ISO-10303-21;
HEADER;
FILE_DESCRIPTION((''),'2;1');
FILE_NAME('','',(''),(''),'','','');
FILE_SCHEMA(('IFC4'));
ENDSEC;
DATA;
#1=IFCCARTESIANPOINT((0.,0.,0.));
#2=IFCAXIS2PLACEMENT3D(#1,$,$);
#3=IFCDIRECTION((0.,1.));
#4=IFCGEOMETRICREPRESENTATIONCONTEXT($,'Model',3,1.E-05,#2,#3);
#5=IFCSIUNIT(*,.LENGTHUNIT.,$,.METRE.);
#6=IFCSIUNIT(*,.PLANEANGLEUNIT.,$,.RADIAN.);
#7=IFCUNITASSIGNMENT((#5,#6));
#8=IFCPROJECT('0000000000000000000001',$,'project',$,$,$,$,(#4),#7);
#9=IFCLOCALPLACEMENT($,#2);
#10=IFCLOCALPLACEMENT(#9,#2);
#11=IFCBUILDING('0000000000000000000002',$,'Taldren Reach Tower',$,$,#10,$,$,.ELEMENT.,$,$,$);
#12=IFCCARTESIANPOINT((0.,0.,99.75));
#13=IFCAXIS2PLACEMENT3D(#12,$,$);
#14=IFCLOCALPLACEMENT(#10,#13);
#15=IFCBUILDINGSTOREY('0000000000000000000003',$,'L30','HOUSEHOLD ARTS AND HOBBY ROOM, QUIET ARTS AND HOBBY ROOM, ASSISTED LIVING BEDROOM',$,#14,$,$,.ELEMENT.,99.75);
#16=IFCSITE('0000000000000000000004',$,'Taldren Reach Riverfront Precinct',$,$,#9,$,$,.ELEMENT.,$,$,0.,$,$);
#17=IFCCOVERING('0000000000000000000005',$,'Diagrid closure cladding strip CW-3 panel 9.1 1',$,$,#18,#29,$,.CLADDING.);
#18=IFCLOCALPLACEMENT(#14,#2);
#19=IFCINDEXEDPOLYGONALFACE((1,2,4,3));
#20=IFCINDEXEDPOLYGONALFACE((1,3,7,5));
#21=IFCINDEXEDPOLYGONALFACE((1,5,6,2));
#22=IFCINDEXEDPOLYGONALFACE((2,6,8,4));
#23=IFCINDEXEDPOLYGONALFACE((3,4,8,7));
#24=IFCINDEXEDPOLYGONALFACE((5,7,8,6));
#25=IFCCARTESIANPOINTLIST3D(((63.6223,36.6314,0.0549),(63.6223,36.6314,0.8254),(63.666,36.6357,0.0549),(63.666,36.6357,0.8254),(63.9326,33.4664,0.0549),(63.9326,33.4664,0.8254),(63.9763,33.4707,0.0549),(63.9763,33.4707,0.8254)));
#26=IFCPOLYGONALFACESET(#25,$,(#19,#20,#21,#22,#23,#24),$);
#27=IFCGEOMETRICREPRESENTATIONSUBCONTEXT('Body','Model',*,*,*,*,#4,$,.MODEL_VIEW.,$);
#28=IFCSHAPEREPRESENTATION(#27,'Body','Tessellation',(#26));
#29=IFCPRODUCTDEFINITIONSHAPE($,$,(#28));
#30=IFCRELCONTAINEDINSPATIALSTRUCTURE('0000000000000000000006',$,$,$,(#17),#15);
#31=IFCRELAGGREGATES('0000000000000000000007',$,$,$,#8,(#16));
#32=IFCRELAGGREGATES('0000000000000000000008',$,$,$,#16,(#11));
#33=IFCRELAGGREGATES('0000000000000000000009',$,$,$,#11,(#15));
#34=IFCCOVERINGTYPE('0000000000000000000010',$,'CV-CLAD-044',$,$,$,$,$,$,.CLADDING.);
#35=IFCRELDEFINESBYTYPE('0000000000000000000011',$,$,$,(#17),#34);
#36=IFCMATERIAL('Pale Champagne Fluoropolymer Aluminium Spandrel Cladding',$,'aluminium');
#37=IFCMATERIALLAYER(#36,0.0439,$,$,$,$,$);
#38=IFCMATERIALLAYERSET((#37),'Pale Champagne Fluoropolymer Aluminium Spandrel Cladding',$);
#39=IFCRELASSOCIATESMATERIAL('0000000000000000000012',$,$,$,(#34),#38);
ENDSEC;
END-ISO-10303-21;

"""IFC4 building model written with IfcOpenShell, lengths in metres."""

from ifc_helpers import new_model, si_unit, direction, frame, origin, origin_2d, place, context, subcontext, project, spatial, rectangle, extrude, source, transform, mapped, material, layer, layer_set, type_object, element, save


model = new_model("IFC4")

# Units and contexts
model_context = context("Model", 3, precision=1e-05, world=origin(), true_north=direction((0.0, 1.0)))
body_context = subcontext(model_context, "Body", "Model", "MODEL_VIEW")
ifc_project = project(units=[si_unit("LENGTHUNIT", "METRE"), si_unit("PLANEANGLEUNIT", "RADIAN")], contexts=[model_context])

# Site, building, storey
site_placement = place(None, origin())
site = spatial("IfcSite", under=ifc_project, at=site_placement, Name="Taldren Reach Riverfront Precinct", CompositionType="ELEMENT", RefElevation=0.0)
building_placement = place(site_placement, origin())
building = spatial("IfcBuilding", under=site, at=building_placement, Name="Taldren Reach Tower", CompositionType="ELEMENT")
storey_placement = place(building_placement, frame((0.0, 0.0, 99.75)))
storey = spatial("IfcBuildingStorey", under=building, at=storey_placement, Name="L30", Description="HOUSEHOLD ARTS AND HOBBY ROOM, QUIET ARTS AND HOBBY ROOM, ASSISTED LIVING BEDROOM", CompositionType="ELEMENT", Elevation=99.75)

# Covering
ifc_material_1 = material(Name="Pale Champagne Fluoropolymer Aluminium Spandrel Cladding", Category="aluminium")
ifc_layer_1 = layer(ifc_material_1, 0.0439)
ifc_layer_set_1 = layer_set([ifc_layer_1], Name="Pale Champagne Fluoropolymer Aluminium Spandrel Cladding")
covering_type = type_object("IfcCoveringType", Name="CV-CLAD-044", PredefinedType="CLADDING", material=ifc_layer_set_1)
shared_shape_1 = source(origin(), body_context, "Body", "SweptSolid", [
    extrude(rectangle(XDim=3.1802, YDim=0.0439, at=origin_2d()), origin(), (0.0, 0.0, 1.0), 0.7705),
])
covering_placement = place(storey_placement, frame((63.7993, 35.051, 0.0549), z_axis=(0.0, 0.0, 1.0), x_axis=(-0.097583, 0.995227, 0.0)))
element("IfcCovering", 1, at=covering_placement, inside=storey, type_object=covering_type, Name="Diagrid closure cladding strip CW-3 panel 9.1 1", PredefinedType="CLADDING", context=body_context, shape_type="MappedRepresentation", body=[
    mapped(shared_shape_1, transform((0.0, 0.0, 0.0), scale=1.0)),
])

save(model, "model.ifc")
